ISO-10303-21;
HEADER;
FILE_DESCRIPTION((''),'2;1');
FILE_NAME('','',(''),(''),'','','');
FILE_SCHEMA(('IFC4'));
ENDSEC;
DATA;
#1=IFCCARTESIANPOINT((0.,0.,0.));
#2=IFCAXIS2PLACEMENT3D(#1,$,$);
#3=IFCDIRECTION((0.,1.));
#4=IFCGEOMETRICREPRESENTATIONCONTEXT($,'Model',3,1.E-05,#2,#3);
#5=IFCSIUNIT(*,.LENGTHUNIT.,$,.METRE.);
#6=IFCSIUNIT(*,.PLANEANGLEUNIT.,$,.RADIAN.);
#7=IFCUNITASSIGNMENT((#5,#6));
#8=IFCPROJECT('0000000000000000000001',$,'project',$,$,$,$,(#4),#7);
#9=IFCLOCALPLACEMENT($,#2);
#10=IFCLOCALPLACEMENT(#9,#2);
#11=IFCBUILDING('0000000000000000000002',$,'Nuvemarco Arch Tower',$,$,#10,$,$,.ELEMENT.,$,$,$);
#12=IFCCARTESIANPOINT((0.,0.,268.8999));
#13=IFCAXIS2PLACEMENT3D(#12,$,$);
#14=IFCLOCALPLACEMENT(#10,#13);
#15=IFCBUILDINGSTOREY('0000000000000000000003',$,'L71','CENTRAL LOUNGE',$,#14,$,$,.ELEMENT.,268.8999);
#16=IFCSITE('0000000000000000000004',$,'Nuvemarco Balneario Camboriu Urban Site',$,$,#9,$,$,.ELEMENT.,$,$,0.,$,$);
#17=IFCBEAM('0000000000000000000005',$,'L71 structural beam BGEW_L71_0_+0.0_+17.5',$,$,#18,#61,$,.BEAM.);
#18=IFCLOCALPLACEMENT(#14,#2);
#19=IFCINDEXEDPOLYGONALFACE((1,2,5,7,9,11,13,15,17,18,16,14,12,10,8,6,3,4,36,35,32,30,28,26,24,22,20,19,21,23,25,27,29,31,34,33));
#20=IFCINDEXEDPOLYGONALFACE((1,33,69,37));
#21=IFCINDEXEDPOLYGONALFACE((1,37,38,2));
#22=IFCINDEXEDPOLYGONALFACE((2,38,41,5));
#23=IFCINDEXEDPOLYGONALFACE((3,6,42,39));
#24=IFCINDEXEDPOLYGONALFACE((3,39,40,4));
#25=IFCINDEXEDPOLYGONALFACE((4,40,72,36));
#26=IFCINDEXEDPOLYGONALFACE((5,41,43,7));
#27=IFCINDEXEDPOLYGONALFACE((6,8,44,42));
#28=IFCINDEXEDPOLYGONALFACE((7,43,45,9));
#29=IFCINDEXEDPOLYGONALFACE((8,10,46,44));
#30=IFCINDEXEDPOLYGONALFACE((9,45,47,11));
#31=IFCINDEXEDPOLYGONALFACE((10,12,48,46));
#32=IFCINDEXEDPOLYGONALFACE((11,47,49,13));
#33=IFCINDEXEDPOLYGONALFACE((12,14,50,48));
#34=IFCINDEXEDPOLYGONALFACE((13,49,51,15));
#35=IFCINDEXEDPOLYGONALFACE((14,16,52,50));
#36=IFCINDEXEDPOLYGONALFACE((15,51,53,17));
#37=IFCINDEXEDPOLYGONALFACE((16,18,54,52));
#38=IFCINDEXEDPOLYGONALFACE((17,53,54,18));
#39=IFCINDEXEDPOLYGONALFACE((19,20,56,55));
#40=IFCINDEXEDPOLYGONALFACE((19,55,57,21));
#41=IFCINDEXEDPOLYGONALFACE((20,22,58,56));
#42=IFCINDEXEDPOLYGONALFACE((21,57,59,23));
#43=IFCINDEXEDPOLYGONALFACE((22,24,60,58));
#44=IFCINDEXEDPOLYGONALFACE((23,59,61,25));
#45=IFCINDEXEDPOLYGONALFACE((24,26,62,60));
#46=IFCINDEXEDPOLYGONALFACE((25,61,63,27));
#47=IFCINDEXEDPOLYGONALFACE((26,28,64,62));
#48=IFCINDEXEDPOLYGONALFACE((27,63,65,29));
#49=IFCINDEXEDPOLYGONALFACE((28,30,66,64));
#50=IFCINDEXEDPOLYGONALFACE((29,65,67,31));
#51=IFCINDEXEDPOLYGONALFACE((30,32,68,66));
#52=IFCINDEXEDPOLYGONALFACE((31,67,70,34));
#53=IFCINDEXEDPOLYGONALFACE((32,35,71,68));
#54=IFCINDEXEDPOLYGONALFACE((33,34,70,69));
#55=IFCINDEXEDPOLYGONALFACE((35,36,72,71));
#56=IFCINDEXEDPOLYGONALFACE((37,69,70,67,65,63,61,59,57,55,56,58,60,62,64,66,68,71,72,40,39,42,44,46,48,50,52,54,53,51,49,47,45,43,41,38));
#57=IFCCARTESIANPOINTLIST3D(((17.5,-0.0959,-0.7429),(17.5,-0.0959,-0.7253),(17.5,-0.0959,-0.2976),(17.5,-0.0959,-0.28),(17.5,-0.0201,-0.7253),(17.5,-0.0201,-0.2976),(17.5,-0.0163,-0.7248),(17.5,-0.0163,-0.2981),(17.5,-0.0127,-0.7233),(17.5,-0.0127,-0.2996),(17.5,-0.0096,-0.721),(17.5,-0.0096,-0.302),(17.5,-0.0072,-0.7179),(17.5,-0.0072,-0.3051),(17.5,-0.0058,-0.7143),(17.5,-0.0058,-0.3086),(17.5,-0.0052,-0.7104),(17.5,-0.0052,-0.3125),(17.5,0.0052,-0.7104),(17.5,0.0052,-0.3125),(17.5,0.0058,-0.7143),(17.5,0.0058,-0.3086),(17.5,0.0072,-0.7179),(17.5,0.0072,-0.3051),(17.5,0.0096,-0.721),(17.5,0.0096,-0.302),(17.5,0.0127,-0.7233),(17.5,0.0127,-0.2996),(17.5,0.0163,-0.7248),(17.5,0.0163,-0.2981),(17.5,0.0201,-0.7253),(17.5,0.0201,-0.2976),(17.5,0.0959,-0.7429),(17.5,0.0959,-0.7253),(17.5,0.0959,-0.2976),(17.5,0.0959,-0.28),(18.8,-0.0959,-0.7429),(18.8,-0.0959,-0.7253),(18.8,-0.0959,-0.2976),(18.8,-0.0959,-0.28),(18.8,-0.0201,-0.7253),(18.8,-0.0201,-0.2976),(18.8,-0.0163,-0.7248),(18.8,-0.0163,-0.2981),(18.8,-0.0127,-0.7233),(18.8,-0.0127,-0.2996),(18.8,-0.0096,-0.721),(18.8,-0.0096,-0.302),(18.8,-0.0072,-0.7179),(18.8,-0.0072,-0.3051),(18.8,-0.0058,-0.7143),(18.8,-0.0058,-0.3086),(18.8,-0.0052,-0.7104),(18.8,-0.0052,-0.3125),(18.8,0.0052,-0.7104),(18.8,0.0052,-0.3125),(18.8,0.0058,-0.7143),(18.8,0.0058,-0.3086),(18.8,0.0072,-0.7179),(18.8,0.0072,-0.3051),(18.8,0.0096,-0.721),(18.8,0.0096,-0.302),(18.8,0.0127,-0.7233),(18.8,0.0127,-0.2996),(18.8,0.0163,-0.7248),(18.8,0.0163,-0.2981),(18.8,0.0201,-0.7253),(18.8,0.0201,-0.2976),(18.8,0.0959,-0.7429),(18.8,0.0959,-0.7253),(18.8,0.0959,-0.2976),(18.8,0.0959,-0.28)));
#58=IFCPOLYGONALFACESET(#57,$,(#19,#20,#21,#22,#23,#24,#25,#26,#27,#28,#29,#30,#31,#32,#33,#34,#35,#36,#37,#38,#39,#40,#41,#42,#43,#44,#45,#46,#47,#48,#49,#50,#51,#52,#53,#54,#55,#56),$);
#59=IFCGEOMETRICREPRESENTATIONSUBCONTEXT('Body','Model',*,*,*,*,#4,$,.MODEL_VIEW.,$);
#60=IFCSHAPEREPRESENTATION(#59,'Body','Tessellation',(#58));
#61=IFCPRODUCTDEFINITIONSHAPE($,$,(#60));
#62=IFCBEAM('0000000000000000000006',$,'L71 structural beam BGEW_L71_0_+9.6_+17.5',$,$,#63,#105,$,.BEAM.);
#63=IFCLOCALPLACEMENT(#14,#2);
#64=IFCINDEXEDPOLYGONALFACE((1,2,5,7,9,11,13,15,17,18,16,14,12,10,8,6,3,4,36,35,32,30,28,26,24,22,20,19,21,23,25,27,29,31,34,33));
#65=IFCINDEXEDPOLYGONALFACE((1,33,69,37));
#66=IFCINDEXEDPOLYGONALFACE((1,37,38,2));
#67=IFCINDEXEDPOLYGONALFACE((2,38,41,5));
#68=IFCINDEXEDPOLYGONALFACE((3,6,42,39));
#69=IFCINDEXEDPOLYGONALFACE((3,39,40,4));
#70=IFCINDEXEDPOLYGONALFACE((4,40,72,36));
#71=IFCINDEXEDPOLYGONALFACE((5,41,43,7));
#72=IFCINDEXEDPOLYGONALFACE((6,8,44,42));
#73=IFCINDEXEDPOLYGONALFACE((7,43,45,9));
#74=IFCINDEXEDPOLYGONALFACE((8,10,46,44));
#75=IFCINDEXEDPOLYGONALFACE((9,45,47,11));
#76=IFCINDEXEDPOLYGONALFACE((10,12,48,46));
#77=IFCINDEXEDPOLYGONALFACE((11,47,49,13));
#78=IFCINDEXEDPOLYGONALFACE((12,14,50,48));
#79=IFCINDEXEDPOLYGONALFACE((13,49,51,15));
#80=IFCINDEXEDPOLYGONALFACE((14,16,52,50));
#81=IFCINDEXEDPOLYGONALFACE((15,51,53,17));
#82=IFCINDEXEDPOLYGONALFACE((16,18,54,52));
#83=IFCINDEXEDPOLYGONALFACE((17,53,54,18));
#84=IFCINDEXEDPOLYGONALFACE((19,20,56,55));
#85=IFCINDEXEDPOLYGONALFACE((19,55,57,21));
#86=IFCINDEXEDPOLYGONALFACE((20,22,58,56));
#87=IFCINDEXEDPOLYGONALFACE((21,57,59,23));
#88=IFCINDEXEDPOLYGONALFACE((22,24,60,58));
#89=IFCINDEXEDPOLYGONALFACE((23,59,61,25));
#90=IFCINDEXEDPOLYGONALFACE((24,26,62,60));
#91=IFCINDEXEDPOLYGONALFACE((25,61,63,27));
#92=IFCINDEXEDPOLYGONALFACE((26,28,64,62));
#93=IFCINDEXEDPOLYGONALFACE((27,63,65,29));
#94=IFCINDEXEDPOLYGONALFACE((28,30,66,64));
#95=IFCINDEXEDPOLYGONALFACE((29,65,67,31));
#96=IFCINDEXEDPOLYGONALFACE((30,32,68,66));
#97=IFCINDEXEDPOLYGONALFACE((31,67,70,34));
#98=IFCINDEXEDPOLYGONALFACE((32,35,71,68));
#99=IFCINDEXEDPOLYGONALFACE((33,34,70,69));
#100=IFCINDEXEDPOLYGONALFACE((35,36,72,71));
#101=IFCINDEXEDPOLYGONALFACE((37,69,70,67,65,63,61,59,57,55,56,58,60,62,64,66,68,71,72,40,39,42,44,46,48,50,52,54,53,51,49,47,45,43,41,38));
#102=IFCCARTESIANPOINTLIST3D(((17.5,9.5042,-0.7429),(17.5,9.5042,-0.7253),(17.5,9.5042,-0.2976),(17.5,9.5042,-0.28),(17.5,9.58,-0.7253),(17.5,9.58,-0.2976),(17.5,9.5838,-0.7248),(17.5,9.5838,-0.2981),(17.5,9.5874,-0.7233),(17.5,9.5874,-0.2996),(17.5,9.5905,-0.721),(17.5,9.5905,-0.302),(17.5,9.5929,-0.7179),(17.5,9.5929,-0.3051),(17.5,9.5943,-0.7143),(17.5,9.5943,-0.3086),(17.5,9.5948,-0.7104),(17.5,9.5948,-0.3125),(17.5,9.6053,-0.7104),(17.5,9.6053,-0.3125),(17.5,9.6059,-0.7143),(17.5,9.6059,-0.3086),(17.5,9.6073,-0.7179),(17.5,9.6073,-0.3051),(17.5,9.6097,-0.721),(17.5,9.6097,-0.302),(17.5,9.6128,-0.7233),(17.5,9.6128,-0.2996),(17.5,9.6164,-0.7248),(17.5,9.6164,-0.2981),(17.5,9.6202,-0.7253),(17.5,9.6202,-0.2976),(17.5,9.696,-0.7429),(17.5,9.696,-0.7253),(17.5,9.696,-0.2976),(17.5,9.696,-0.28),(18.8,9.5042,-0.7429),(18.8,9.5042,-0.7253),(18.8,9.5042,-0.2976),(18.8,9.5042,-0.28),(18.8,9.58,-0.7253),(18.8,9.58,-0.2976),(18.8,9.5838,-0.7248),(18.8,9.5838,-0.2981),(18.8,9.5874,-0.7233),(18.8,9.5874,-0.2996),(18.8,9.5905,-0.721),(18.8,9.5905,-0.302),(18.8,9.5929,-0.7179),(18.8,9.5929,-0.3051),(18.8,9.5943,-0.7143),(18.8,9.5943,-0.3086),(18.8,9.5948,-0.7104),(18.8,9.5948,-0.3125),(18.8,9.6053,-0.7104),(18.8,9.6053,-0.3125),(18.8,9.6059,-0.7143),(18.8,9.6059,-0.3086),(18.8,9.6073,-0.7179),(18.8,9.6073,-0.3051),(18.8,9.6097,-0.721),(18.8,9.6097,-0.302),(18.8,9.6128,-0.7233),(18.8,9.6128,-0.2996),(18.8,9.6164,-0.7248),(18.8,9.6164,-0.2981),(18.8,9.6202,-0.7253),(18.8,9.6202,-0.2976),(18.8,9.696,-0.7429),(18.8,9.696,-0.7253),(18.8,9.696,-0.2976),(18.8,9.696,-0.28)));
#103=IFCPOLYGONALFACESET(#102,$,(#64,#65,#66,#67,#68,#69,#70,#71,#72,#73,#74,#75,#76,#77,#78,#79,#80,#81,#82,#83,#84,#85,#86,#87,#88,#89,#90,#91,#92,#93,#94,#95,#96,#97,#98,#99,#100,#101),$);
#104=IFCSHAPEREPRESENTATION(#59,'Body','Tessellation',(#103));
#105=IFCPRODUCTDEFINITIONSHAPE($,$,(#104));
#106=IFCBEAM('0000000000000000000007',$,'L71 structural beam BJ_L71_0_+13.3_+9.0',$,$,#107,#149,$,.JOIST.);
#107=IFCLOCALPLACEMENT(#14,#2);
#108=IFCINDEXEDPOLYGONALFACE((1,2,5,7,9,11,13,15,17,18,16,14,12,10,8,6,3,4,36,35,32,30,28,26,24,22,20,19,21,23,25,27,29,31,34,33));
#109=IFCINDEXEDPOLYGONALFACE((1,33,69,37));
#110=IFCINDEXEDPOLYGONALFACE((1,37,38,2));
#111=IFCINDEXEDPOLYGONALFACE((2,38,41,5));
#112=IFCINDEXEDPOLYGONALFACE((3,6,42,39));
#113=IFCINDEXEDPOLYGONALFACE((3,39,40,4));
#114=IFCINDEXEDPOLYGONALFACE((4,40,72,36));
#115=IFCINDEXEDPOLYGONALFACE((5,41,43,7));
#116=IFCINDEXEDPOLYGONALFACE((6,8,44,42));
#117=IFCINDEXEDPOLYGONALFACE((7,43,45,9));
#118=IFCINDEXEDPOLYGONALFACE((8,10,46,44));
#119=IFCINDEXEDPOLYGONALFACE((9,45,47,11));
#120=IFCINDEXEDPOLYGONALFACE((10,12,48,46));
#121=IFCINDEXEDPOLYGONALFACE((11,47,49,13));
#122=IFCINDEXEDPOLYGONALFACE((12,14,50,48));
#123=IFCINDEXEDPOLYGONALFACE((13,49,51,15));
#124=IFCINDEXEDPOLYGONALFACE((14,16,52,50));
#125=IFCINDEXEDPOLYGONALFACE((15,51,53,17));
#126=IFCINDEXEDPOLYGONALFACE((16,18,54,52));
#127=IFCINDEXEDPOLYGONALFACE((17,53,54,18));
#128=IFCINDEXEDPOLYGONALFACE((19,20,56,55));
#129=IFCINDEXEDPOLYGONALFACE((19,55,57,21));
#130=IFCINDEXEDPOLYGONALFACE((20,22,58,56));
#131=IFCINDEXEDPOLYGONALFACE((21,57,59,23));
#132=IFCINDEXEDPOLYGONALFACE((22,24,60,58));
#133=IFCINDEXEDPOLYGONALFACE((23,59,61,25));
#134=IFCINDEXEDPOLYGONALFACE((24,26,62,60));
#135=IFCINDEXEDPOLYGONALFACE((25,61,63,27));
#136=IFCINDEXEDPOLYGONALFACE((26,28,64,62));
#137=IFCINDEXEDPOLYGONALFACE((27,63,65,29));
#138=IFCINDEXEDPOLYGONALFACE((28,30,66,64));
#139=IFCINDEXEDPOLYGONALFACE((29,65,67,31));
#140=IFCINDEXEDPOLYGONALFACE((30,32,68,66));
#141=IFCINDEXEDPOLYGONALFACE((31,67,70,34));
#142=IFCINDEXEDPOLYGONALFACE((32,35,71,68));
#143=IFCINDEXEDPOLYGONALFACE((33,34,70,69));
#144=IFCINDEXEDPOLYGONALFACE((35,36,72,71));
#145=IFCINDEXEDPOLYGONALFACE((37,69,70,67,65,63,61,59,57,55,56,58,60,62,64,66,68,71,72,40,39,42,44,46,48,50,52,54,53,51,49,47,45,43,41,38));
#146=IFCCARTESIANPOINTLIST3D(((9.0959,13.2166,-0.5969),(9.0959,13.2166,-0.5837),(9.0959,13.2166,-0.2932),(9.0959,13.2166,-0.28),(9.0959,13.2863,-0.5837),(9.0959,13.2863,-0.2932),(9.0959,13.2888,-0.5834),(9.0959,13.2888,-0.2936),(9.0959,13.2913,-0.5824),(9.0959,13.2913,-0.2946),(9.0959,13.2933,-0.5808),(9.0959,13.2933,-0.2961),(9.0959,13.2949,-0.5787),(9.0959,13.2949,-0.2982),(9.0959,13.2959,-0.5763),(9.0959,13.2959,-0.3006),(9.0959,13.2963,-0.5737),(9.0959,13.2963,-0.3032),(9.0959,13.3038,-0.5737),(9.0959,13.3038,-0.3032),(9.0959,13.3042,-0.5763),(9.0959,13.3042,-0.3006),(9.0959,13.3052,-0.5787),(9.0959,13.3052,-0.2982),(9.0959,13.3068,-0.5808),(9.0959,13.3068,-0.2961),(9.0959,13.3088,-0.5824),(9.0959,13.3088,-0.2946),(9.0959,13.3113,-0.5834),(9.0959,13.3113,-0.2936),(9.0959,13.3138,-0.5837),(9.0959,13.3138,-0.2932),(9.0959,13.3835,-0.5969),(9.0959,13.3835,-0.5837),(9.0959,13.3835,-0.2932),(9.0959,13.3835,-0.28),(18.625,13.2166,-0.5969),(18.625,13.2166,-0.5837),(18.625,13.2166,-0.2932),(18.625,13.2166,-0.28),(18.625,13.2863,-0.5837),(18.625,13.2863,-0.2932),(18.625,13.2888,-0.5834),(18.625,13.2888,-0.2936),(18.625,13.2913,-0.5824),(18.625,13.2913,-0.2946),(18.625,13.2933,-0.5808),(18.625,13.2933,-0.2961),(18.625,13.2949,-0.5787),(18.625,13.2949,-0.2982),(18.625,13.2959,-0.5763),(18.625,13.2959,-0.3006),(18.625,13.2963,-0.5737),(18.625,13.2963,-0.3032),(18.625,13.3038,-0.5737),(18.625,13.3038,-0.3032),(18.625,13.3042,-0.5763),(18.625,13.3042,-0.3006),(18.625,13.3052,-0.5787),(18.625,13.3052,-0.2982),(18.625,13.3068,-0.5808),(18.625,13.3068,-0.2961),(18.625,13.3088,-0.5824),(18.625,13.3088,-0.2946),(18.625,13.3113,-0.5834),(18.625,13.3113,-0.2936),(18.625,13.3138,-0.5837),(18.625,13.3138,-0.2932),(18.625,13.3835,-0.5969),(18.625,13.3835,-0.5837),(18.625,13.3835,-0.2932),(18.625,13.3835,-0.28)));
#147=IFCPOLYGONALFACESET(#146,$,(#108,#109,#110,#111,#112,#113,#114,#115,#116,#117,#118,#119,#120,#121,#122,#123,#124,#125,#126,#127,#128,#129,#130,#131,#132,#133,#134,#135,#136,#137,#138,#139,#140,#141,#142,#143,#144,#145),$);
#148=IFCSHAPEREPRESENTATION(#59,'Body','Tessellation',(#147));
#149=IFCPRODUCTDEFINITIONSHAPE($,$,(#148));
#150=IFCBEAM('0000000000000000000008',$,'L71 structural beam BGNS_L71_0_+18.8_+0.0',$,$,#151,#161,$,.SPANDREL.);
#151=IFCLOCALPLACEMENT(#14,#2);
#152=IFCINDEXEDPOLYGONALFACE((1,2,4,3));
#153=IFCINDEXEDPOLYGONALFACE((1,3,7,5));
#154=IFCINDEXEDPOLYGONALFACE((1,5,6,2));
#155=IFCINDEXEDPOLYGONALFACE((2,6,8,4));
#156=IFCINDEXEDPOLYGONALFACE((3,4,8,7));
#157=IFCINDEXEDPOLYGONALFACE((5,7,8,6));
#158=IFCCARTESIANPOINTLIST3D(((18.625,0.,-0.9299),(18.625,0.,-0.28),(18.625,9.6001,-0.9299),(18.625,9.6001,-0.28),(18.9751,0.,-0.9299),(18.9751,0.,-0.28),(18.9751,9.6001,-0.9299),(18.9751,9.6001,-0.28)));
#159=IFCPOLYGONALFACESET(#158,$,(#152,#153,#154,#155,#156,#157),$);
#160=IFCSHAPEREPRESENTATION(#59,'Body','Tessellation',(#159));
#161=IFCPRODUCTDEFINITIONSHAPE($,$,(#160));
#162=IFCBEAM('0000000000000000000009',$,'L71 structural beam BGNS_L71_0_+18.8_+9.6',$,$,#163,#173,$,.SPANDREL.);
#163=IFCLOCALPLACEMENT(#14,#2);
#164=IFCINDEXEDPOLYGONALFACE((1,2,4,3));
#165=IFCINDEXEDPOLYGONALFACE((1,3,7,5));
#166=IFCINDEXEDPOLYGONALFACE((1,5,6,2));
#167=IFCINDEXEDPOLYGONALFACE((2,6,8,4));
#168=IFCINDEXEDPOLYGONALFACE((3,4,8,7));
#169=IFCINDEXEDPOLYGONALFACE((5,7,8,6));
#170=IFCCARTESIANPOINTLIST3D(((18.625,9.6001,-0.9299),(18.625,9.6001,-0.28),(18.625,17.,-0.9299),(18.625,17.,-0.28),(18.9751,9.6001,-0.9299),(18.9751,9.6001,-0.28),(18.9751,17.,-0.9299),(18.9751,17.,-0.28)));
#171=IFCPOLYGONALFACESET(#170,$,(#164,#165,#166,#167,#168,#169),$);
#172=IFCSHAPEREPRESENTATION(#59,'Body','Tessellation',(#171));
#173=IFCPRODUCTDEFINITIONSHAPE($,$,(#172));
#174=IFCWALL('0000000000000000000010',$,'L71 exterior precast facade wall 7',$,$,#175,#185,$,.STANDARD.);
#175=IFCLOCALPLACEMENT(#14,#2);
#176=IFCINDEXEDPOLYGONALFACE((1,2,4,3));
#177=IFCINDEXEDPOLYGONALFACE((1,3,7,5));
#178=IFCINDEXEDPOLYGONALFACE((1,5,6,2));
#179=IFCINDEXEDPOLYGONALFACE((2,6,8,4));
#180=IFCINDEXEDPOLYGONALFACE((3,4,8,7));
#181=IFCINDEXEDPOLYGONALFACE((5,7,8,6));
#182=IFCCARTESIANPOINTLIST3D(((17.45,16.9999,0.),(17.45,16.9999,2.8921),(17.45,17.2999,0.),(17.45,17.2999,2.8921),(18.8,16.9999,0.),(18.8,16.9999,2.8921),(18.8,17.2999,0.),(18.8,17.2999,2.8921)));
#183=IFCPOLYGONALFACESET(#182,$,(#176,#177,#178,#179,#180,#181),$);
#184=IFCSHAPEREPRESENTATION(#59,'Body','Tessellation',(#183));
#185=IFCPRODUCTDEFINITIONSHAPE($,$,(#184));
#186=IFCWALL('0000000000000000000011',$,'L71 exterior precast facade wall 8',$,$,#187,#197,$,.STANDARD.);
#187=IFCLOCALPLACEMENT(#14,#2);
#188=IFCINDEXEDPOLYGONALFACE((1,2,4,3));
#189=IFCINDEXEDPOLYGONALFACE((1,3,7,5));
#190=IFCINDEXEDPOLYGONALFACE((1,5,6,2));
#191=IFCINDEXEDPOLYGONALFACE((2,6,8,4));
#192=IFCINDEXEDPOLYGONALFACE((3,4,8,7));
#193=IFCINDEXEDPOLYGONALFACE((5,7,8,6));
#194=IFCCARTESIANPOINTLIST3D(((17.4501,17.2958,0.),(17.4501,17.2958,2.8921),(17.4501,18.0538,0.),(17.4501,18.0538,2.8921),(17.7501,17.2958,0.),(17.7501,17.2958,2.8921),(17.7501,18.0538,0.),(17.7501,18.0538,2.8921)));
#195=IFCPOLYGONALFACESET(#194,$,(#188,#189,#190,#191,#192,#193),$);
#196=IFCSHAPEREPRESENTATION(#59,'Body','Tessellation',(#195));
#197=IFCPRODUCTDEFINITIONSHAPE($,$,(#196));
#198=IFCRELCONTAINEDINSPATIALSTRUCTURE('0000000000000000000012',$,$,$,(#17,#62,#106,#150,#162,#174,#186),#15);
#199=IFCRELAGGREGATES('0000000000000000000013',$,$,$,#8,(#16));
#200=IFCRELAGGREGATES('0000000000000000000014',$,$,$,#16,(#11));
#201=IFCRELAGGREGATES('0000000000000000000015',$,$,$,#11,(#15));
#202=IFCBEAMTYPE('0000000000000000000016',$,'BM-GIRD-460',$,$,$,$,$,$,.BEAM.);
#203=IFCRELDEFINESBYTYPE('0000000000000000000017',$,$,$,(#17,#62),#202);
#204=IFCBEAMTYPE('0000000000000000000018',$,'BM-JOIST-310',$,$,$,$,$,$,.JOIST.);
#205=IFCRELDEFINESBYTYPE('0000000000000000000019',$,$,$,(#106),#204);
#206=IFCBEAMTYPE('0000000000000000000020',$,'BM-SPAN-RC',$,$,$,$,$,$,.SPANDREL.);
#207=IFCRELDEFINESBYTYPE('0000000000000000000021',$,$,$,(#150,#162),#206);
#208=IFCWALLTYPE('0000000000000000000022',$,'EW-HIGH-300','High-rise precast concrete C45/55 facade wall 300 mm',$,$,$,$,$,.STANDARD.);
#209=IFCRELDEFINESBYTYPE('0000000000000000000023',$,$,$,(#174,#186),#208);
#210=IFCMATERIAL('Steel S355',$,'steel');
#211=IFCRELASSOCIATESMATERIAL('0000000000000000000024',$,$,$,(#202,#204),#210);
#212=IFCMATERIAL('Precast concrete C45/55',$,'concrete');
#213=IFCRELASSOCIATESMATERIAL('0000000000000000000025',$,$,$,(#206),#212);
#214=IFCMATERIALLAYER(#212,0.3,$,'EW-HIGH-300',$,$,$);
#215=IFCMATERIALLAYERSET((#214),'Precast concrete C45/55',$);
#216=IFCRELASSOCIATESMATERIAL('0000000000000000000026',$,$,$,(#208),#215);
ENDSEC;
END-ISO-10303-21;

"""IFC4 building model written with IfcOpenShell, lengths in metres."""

from ifc_helpers import new_model, si_unit, direction, frame, frame_2d, origin, origin_2d, place, context, subcontext, project, spatial, rectangle, i_section, extrude, material, layer, layer_set, material_profile, profile_set, type_object, element, save


model = new_model("IFC4")

# Units and contexts
model_context = context("Model", 3, precision=1e-05, world=origin(), true_north=direction((0.0, 1.0)))
body_context = subcontext(model_context, "Body", "Model", "MODEL_VIEW")
ifc_project = project(units=[si_unit("LENGTHUNIT", "METRE"), si_unit("PLANEANGLEUNIT", "RADIAN")], contexts=[model_context])

# Site, building, storey
site_placement = place(None, origin())
site = spatial("IfcSite", under=ifc_project, at=site_placement, Name="Nuvemarco Balneario Camboriu Urban Site", CompositionType="ELEMENT", RefElevation=0.0)
building_placement = place(site_placement, origin())
building = spatial("IfcBuilding", under=site, at=building_placement, Name="Nuvemarco Arch Tower", CompositionType="ELEMENT")
storey_placement = place(building_placement, frame((0.0, 0.0, 268.8999)))
storey = spatial("IfcBuildingStorey", under=building, at=storey_placement, Name="L71", Description="CENTRAL LOUNGE", CompositionType="ELEMENT", Elevation=268.8999)

# Shared definitions
ifc_material_1 = material(Name="Steel S355", Category="steel")

# Beams
ifc_material_profile_1 = material_profile(ifc_material_1, i_section(OverallWidth=0.1919, OverallDepth=0.4629, WebThickness=0.0105, FlangeThickness=0.0176, FilletRadius=0.0149, at=origin_2d()), Name="W460x89")
ifc_profile_set_1 = profile_set([ifc_material_profile_1], Name="Steel S355")
beam_type_1 = type_object("IfcBeamType", Name="BM-GIRD-460", PredefinedType="BEAM", material=ifc_profile_set_1)
for number, where, z_axis, x_axis, name in (
    (1, (17.5, 0.0, -0.5115), (1.0, 0.0, 0.0), (0.0, 1.0, 0.0), "L71 structural beam BGEW_L71_0_+0.0_+17.5"),
    (2, (17.5, 9.6001, -0.5115), (1.0, 0.0, 0.0), (0.0, 1.0, 0.0), "L71 structural beam BGEW_L71_0_+9.6_+17.5"),
):
    element("IfcBeam", number, at=place(storey_placement, frame(where, z_axis=z_axis, x_axis=x_axis)), inside=storey, type_object=beam_type_1, Name=name, PredefinedType="BEAM", context=body_context, shape_type="SweptSolid", body=[
        extrude(i_section(OverallWidth=0.1919, OverallDepth=0.4629, WebThickness=0.0105, FlangeThickness=0.0176, FilletRadius=0.0149, at=origin_2d()), origin(), (0.0, 0.0, 1.0), 1.3),
    ])
ifc_material_profile_2 = material_profile(ifc_material_1, i_section(OverallWidth=0.167, OverallDepth=0.3169, WebThickness=0.0076, FlangeThickness=0.0132, FilletRadius=0.01, at=origin_2d()), Name="W310x52")
ifc_profile_set_2 = profile_set([ifc_material_profile_2], Name="Steel S355")
beam_type_2 = type_object("IfcBeamType", Name="BM-JOIST-310", PredefinedType="JOIST", material=ifc_profile_set_2)
beam_1_placement = place(storey_placement, frame((9.0959, 13.3, -0.4385), z_axis=(1.0, 0.0, 0.0), x_axis=(0.0, 1.0, 0.0)))
element("IfcBeam", 3, at=beam_1_placement, inside=storey, type_object=beam_type_2, Name="L71 structural beam BJ_L71_0_+13.3_+9.0", PredefinedType="JOIST", context=body_context, shape_type="SweptSolid", body=[
    extrude(i_section(OverallWidth=0.167, OverallDepth=0.3169, WebThickness=0.0076, FlangeThickness=0.0132, FilletRadius=0.01, at=origin_2d()), origin(), (0.0, 0.0, 1.0), 9.5291),
])
ifc_material_2 = material(Name="Precast concrete C45/55", Category="concrete")
ifc_material_profile_3 = material_profile(ifc_material_2, rectangle(XDim=0.3501, YDim=0.6499, at=origin_2d()), Name="PC-SP-350x650")
ifc_profile_set_3 = profile_set([ifc_material_profile_3], Name="Precast concrete C45/55")
beam_type_3 = type_object("IfcBeamType", Name="BM-SPAN-RC", PredefinedType="SPANDREL", material=ifc_profile_set_3)
beam_2_placement = place(storey_placement, frame((18.8, 0.0, -0.605), z_axis=(0.0, 1.0, 0.0), x_axis=(-1.0, 0.0, 0.0)))
element("IfcBeam", 4, at=beam_2_placement, inside=storey, type_object=beam_type_3, Name="L71 structural beam BGNS_L71_0_+18.8_+0.0", PredefinedType="SPANDREL", context=body_context, shape_type="SweptSolid", body=[
    extrude(rectangle(XDim=0.3501, YDim=0.6499, at=origin_2d()), origin(), (0.0, 0.0, 1.0), 9.6001),
])
beam_3_placement = place(storey_placement, frame((18.8, 9.6001, -0.605), z_axis=(0.0, 1.0, 0.0), x_axis=(-1.0, 0.0, 0.0)))
element("IfcBeam", 5, at=beam_3_placement, inside=storey, type_object=beam_type_3, Name="L71 structural beam BGNS_L71_0_+18.8_+9.6", PredefinedType="SPANDREL", context=body_context, shape_type="SweptSolid", body=[
    extrude(rectangle(XDim=0.3501, YDim=0.6499, at=origin_2d()), origin(), (0.0, 0.0, 1.0), 7.3999),
])

# Walls
ifc_layer_1 = layer(ifc_material_2, 0.3, Name="EW-HIGH-300")
ifc_layer_set_1 = layer_set([ifc_layer_1], Name="Precast concrete C45/55")
wall_type_1 = type_object("IfcWallType", Name="EW-HIGH-300", Description="High-rise precast concrete C45/55 facade wall 300 mm", PredefinedType="STANDARD", material=ifc_layer_set_1)
wall_1_placement = place(storey_placement, frame((17.45, 17.1499, 0.0), z_axis=(0.0, 0.0, 1.0), x_axis=(1.0, 0.0, 0.0)))
element("IfcWall", 6, at=wall_1_placement, inside=storey, type_object=wall_type_1, Name="L71 exterior precast facade wall 7", PredefinedType="STANDARD", context=body_context, shape_type="SweptSolid", body=[
    extrude(rectangle(XDim=1.3501, YDim=0.3, at=frame_2d((0.675, 0.0))), origin(), (0.0, 0.0, 1.0), 2.8921),
])
wall_2_placement = place(storey_placement, frame((17.6001, 17.2959, 0.0), z_axis=(0.0, 0.0, 1.0), x_axis=(0.0, 1.0, 0.0)))
element("IfcWall", 7, at=wall_2_placement, inside=storey, type_object=wall_type_1, Name="L71 exterior precast facade wall 8", PredefinedType="STANDARD", context=body_context, shape_type="SweptSolid", body=[
    extrude(rectangle(XDim=0.7581, YDim=0.3, at=frame_2d((0.3789, 0.0))), origin(), (0.0, 0.0, 1.0), 2.8921),
])

save(model, "model.ifc")
